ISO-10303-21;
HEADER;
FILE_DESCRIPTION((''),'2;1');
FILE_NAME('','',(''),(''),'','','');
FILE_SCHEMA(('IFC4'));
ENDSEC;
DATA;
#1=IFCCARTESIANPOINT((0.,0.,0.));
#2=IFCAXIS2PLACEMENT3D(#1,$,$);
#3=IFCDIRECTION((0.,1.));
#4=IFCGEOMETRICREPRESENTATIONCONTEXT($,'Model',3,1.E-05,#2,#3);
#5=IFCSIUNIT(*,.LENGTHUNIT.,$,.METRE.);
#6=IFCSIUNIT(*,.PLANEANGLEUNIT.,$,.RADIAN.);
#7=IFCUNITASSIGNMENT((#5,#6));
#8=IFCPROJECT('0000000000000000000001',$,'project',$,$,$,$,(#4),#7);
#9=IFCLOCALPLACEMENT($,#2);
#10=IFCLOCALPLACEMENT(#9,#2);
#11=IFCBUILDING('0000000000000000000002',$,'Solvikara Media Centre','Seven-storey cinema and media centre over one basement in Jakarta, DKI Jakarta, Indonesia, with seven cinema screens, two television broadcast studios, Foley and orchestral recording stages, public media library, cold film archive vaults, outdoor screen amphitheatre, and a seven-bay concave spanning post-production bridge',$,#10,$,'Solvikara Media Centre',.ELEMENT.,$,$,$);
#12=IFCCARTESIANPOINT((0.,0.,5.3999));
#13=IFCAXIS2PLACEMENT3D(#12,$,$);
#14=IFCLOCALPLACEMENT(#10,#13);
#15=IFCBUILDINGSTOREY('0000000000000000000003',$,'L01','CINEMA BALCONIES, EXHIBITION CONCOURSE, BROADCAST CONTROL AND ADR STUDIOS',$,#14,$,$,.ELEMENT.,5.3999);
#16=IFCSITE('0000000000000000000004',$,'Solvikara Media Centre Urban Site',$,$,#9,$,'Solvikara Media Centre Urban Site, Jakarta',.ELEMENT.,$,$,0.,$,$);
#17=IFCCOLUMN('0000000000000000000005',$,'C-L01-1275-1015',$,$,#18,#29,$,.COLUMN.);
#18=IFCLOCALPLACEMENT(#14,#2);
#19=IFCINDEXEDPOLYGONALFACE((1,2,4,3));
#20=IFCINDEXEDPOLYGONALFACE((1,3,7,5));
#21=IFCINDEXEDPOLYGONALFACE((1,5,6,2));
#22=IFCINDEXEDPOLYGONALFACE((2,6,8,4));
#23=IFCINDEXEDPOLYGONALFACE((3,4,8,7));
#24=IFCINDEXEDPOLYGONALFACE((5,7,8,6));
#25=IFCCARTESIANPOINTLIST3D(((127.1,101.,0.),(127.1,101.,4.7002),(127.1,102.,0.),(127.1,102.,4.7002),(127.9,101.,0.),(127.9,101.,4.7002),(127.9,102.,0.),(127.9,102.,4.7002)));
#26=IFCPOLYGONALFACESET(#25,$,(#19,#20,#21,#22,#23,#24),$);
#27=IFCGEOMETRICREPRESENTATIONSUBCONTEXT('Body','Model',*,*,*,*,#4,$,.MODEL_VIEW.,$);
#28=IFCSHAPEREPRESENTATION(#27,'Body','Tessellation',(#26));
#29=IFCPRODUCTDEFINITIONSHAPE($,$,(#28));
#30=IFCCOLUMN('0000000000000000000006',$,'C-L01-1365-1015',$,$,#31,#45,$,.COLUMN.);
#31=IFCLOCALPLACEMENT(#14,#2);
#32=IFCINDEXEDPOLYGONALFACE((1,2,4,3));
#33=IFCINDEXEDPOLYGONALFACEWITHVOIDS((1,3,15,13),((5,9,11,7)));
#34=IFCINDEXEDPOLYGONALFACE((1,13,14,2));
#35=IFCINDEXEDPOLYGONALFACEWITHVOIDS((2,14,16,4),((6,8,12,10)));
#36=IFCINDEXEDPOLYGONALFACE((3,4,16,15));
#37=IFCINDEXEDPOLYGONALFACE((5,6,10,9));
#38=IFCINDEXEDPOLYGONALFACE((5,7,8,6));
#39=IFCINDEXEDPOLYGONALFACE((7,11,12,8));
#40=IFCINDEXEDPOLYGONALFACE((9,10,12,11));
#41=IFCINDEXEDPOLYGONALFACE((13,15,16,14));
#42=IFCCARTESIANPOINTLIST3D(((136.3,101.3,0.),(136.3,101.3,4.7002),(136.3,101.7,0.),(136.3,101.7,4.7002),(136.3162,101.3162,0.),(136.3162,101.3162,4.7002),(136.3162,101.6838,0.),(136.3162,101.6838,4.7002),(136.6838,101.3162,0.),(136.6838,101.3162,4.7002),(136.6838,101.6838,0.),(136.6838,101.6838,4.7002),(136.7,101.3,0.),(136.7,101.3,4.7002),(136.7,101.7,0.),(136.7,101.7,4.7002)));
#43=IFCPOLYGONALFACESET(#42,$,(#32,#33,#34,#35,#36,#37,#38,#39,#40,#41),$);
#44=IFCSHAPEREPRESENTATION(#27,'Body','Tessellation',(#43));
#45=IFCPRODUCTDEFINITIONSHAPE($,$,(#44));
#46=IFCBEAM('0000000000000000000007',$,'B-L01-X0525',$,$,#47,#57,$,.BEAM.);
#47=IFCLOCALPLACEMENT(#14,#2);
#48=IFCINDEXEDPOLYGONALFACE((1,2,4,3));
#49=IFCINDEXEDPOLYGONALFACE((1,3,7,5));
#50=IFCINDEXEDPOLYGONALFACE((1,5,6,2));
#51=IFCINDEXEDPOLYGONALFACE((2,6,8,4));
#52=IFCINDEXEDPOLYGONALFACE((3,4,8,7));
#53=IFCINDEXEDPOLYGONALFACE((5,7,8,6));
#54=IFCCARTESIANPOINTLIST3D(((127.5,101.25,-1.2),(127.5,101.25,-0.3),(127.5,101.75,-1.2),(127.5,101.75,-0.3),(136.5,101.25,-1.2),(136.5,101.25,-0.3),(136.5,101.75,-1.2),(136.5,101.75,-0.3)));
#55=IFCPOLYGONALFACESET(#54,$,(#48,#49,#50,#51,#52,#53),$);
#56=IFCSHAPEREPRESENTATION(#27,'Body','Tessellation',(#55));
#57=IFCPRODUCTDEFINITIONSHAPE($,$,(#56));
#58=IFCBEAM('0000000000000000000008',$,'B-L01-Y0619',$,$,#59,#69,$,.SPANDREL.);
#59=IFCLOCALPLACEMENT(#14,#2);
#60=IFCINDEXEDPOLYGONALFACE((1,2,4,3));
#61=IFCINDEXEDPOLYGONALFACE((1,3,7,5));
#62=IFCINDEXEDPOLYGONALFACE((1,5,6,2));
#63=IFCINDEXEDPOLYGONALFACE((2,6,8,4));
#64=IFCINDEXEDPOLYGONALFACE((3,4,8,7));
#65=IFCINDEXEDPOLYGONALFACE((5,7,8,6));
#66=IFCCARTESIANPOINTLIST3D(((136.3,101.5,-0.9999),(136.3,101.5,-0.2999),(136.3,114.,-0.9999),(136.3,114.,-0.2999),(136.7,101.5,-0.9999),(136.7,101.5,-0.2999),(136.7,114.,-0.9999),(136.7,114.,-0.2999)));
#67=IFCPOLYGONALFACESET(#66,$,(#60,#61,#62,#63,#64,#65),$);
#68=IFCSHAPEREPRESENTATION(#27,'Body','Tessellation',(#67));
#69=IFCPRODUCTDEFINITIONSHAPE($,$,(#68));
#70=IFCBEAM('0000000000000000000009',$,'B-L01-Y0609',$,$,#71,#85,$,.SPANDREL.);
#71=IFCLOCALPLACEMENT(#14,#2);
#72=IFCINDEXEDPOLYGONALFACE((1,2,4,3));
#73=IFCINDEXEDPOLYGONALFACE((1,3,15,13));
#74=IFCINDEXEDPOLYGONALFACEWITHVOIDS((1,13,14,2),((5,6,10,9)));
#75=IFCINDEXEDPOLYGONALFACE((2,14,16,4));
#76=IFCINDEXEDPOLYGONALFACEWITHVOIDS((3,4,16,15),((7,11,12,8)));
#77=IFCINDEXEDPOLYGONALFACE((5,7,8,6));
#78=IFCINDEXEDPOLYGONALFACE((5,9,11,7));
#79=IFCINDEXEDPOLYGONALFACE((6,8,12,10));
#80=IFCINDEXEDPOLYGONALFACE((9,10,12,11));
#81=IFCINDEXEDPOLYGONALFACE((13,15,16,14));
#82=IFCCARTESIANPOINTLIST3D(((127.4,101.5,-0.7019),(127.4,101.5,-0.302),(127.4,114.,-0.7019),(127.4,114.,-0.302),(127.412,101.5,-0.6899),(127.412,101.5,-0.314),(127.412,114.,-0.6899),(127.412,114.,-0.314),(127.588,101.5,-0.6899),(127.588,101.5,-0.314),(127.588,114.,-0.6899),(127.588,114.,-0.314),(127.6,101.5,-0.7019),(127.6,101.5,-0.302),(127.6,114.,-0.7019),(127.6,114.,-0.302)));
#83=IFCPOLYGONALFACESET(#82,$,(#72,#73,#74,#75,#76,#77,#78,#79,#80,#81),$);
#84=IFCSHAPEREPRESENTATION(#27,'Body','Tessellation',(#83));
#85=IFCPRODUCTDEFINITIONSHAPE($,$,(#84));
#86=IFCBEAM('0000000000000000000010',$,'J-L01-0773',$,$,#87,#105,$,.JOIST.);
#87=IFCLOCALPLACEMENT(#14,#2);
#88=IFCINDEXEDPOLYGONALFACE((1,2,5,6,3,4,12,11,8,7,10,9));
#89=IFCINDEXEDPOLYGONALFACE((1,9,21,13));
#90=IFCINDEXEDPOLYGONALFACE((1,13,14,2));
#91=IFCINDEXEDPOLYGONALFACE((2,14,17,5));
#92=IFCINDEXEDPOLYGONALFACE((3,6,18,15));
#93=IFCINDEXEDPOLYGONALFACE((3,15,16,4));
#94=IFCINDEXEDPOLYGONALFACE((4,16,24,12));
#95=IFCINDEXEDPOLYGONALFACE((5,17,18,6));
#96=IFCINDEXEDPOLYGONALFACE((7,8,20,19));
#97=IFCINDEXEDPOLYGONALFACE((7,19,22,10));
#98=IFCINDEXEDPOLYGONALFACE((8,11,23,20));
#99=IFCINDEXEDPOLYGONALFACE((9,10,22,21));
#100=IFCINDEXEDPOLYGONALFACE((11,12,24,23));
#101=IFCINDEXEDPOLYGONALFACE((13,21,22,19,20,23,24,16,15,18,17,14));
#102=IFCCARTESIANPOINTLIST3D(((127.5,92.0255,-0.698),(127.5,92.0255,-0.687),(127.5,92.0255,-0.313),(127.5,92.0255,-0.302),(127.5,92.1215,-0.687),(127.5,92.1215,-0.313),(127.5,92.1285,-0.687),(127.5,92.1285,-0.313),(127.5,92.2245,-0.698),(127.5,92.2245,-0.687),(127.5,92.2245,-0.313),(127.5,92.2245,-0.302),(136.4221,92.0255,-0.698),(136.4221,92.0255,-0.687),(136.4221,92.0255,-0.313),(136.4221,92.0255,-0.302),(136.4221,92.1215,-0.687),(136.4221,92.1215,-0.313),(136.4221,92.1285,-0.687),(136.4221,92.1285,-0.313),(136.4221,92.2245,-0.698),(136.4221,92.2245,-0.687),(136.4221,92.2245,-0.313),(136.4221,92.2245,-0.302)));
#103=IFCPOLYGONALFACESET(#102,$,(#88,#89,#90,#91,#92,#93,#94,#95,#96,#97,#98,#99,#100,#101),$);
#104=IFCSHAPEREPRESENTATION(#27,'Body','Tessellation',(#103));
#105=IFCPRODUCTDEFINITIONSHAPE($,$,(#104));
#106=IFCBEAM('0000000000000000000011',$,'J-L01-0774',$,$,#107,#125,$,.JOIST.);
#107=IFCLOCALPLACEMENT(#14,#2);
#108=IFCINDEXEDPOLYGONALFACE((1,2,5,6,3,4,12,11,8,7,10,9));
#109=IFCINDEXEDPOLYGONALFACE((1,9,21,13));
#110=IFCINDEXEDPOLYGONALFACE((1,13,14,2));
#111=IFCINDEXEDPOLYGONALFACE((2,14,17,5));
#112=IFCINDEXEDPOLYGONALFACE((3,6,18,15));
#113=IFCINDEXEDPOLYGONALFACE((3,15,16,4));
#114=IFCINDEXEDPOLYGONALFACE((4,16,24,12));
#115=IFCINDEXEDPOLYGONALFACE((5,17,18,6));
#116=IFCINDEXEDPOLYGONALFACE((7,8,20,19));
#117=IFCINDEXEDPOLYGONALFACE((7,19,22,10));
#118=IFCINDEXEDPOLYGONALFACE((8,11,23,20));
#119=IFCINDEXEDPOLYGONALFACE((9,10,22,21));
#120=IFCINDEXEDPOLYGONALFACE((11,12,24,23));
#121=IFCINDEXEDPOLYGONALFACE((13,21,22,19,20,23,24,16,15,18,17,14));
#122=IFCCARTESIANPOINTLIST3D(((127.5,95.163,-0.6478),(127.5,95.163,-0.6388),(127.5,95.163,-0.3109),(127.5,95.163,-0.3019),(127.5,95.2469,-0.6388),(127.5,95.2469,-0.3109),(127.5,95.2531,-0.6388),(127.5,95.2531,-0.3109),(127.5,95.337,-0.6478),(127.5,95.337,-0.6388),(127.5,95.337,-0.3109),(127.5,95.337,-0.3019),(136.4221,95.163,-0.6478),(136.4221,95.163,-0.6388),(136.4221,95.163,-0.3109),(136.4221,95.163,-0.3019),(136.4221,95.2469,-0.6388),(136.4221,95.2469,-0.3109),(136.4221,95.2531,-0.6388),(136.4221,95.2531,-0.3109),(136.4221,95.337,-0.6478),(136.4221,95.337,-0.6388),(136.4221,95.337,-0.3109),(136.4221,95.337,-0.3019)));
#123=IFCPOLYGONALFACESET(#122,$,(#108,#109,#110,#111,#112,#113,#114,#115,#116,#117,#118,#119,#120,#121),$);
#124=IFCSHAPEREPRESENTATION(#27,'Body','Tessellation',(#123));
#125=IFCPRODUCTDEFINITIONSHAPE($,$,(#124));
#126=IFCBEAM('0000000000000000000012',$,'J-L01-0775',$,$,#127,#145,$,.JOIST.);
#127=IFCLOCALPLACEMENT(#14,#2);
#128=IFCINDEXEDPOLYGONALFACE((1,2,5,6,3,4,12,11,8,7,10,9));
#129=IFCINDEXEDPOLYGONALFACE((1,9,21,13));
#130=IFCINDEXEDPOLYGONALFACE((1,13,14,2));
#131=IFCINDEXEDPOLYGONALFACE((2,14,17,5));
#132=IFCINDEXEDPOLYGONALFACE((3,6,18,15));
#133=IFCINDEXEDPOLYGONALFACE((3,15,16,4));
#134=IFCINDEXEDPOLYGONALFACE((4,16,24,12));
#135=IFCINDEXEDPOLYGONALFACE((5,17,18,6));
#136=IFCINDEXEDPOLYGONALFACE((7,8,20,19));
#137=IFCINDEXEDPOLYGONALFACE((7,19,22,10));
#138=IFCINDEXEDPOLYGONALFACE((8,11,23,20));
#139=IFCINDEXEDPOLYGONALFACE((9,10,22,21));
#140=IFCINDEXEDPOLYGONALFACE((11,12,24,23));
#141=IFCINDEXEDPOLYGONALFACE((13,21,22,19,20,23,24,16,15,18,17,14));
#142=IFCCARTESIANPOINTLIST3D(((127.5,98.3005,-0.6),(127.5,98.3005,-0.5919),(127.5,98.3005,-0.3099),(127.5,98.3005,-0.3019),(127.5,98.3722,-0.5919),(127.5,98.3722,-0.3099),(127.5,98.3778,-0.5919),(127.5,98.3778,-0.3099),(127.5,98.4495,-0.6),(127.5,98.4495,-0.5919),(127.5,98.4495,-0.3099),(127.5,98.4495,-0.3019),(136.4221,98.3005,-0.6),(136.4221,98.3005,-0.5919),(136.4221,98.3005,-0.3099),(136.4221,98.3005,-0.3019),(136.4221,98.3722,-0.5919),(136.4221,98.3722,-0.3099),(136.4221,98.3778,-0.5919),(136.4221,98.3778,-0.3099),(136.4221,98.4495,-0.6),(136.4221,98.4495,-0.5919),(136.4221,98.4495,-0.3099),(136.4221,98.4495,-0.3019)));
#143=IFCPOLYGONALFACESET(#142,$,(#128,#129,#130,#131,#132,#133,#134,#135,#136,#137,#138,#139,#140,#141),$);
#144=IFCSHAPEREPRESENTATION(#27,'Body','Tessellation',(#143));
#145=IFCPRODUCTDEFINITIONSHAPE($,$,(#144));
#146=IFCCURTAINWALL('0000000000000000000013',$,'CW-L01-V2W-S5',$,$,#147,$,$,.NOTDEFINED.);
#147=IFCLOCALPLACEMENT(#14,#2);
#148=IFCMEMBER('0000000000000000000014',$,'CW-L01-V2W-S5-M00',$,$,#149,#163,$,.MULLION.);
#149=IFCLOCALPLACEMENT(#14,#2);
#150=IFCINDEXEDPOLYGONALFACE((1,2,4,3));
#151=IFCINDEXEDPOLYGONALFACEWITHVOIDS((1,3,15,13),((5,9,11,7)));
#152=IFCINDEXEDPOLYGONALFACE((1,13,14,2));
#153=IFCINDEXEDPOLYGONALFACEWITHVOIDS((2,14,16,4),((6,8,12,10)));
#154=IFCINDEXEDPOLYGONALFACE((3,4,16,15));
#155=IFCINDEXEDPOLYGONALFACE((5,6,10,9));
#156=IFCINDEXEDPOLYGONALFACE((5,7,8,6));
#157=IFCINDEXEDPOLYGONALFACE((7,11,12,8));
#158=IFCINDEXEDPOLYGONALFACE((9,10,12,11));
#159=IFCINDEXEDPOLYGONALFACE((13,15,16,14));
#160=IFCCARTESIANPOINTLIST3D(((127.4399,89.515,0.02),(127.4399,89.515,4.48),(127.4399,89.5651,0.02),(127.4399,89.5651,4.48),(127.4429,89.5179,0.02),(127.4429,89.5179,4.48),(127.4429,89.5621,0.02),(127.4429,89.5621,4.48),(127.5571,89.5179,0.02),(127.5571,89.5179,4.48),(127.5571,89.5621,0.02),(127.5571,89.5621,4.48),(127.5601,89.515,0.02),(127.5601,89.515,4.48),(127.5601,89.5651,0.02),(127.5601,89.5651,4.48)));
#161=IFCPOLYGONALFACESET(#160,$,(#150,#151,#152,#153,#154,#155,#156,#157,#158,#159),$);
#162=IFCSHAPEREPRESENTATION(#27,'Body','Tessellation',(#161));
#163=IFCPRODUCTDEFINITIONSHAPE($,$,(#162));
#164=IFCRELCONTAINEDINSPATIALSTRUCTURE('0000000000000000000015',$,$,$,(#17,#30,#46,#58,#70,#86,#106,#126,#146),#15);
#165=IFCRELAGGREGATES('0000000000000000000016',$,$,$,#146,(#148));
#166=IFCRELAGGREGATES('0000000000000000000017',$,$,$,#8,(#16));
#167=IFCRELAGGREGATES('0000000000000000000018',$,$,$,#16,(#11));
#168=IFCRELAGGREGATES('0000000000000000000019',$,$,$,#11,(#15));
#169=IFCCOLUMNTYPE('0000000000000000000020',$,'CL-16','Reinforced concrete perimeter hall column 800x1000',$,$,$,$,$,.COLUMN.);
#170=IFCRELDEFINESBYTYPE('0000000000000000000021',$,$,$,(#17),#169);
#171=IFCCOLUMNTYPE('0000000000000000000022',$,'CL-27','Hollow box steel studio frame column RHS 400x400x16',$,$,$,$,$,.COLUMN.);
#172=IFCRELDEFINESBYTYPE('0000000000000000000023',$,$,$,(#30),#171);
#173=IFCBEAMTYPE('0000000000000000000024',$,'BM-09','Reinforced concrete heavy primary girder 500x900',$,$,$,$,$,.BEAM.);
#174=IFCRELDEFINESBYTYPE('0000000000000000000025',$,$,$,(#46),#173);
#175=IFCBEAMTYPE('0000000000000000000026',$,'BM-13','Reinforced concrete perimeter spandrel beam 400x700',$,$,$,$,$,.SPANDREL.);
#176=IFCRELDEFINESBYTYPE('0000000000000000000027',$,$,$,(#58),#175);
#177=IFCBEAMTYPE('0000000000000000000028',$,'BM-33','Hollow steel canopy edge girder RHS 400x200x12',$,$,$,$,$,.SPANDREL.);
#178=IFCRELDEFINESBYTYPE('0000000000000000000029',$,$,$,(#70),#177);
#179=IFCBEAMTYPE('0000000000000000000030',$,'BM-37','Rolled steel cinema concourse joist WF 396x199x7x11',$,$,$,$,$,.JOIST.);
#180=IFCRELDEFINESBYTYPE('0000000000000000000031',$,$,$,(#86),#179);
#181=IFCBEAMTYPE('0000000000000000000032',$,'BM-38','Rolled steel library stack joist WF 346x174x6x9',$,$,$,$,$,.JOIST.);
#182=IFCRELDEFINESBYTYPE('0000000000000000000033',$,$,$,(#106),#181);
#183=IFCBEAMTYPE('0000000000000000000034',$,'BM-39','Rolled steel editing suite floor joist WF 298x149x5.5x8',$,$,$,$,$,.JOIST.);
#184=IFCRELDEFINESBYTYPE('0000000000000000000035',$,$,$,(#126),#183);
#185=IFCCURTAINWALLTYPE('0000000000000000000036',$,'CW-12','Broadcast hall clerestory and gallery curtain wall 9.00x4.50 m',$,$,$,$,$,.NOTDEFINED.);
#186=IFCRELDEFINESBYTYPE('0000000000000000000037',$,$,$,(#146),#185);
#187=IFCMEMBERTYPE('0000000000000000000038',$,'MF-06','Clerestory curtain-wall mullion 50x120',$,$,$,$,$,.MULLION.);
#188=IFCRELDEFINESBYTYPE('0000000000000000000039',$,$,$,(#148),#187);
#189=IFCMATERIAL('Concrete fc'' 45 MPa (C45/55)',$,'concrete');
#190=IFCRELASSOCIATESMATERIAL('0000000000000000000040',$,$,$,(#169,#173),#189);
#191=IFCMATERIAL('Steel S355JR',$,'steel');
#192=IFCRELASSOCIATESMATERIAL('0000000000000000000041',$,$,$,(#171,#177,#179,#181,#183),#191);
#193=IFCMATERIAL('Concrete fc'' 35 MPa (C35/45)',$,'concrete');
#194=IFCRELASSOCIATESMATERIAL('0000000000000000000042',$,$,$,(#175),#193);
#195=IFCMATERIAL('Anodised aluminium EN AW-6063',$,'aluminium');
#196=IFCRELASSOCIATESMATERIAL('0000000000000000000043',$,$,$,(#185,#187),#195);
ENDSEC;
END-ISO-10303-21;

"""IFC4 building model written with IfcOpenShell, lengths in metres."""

from ifc_helpers import new_model, si_unit, direction, frame, origin, origin_2d, place, context, subcontext, project, spatial, rectangle, hollow_rectangle, i_section, extrude, material, material_profile, profile_set, type_object, element, aggregate, save


model = new_model("IFC4")

# Units and contexts
model_context = context("Model", 3, precision=1e-05, world=origin(), true_north=direction((0.0, 1.0)))
body_context = subcontext(model_context, "Body", "Model", "MODEL_VIEW")
ifc_project = project(units=[si_unit("LENGTHUNIT", "METRE"), si_unit("PLANEANGLEUNIT", "RADIAN")], contexts=[model_context])

# Site, building, storey
site_placement = place(None, origin())
site = spatial("IfcSite", under=ifc_project, at=site_placement, Name="Solvikara Media Centre Urban Site", LongName="Solvikara Media Centre Urban Site, Jakarta", CompositionType="ELEMENT", RefElevation=0.0)
building_placement = place(site_placement, origin())
building = spatial("IfcBuilding", under=site, at=building_placement, Name="Solvikara Media Centre", Description="Seven-storey cinema and media centre over one basement in Jakarta, DKI Jakarta, Indonesia, with seven cinema screens, two television broadcast studios, Foley and orchestral recording stages, public media library, cold film archive vaults, outdoor screen amphitheatre, and a seven-bay concave spanning post-production bridge", LongName="Solvikara Media Centre", CompositionType="ELEMENT")
storey_placement = place(building_placement, frame((0.0, 0.0, 5.3999)))
storey = spatial("IfcBuildingStorey", under=building, at=storey_placement, Name="L01", Description="CINEMA BALCONIES, EXHIBITION CONCOURSE, BROADCAST CONTROL AND ADR STUDIOS", CompositionType="ELEMENT", Elevation=5.3999)

# Columns
ifc_material_1 = material(Name="Concrete fc' 45 MPa (C45/55)", Category="concrete")
ifc_material_profile_1 = material_profile(ifc_material_1, rectangle(XDim=0.8, YDim=1.0, at=origin_2d()), Name="RC 800x1000")
ifc_profile_set_1 = profile_set([ifc_material_profile_1], Name="Concrete fc' 45 MPa (C45/55)")
column_type_1 = type_object("IfcColumnType", Name="CL-16", Description="Reinforced concrete perimeter hall column 800x1000", PredefinedType="COLUMN", material=ifc_profile_set_1)
column_1_placement = place(storey_placement, frame((127.5, 101.5, 0.0), z_axis=(0.0, 0.0, 1.0), x_axis=(1.0, 0.0, 0.0)))
element("IfcColumn", 1, at=column_1_placement, inside=storey, type_object=column_type_1, Name="C-L01-1275-1015", PredefinedType="COLUMN", context=body_context, shape_type="SweptSolid", body=[
    extrude(rectangle(XDim=0.8, YDim=1.0, at=origin_2d()), origin(), (0.0, 0.0, 1.0), 4.7002),
])
ifc_material_2 = material(Name="Steel S355JR", Category="steel")
ifc_material_profile_2 = material_profile(ifc_material_2, hollow_rectangle(XDim=0.3999, YDim=0.3999, WallThickness=0.0161, at=origin_2d()), Name="RHS 400x400x16")
ifc_profile_set_2 = profile_set([ifc_material_profile_2], Name="Steel S355JR")
column_type_2 = type_object("IfcColumnType", Name="CL-27", Description="Hollow box steel studio frame column RHS 400x400x16", PredefinedType="COLUMN", material=ifc_profile_set_2)
column_2_placement = place(storey_placement, frame((136.5, 101.5, 0.0), z_axis=(0.0, 0.0, 1.0), x_axis=(1.0, 0.0, 0.0)))
element("IfcColumn", 2, at=column_2_placement, inside=storey, type_object=column_type_2, Name="C-L01-1365-1015", PredefinedType="COLUMN", context=body_context, shape_type="SweptSolid", body=[
    extrude(hollow_rectangle(XDim=0.3999, YDim=0.3999, WallThickness=0.0161, at=origin_2d()), origin(), (0.0, 0.0, 1.0), 4.7002),
])

# Beams
ifc_material_profile_3 = material_profile(ifc_material_1, rectangle(XDim=0.5, YDim=0.8999, at=origin_2d()), Name="RC 500x900")
ifc_profile_set_3 = profile_set([ifc_material_profile_3], Name="Concrete fc' 45 MPa (C45/55)")
beam_type_1 = type_object("IfcBeamType", Name="BM-09", Description="Reinforced concrete heavy primary girder 500x900", PredefinedType="BEAM", material=ifc_profile_set_3)
beam_1_placement = place(storey_placement, frame((127.5, 101.5, -0.75), z_axis=(1.0, 0.0, 0.0), x_axis=(0.0, 1.0, 0.0)))
element("IfcBeam", 3, at=beam_1_placement, inside=storey, type_object=beam_type_1, Name="B-L01-X0525", PredefinedType="BEAM", context=body_context, shape_type="SweptSolid", body=[
    extrude(rectangle(XDim=0.5, YDim=0.8999, at=origin_2d()), origin(), (0.0, 0.0, 1.0), 9.0),
])
ifc_material_3 = material(Name="Concrete fc' 35 MPa (C35/45)", Category="concrete")
ifc_material_profile_4 = material_profile(ifc_material_3, rectangle(XDim=0.3999, YDim=0.7, at=origin_2d()), Name="RC 400x700")
ifc_profile_set_4 = profile_set([ifc_material_profile_4], Name="Concrete fc' 35 MPa (C35/45)")
beam_type_2 = type_object("IfcBeamType", Name="BM-13", Description="Reinforced concrete perimeter spandrel beam 400x700", PredefinedType="SPANDREL", material=ifc_profile_set_4)
beam_2_placement = place(storey_placement, frame((136.5, 101.5, -0.6499), z_axis=(0.0, 1.0, 0.0), x_axis=(-1.0, 0.0, 0.0)))
element("IfcBeam", 4, at=beam_2_placement, inside=storey, type_object=beam_type_2, Name="B-L01-Y0619", PredefinedType="SPANDREL", context=body_context, shape_type="SweptSolid", body=[
    extrude(rectangle(XDim=0.3999, YDim=0.7, at=origin_2d()), origin(), (0.0, 0.0, 1.0), 12.5),
])
ifc_material_profile_5 = material_profile(ifc_material_2, hollow_rectangle(XDim=0.2, YDim=0.3999, WallThickness=0.012, at=origin_2d()), Name="RHS 400x200x12")
ifc_profile_set_5 = profile_set([ifc_material_profile_5], Name="Steel S355JR")
beam_type_3 = type_object("IfcBeamType", Name="BM-33", Description="Hollow steel canopy edge girder RHS 400x200x12", PredefinedType="SPANDREL", material=ifc_profile_set_5)
beam_3_placement = place(storey_placement, frame((127.5, 101.5, -0.502), z_axis=(0.0, 1.0, 0.0), x_axis=(-1.0, 0.0, 0.0)))
element("IfcBeam", 5, at=beam_3_placement, inside=storey, type_object=beam_type_3, Name="B-L01-Y0609", PredefinedType="SPANDREL", context=body_context, shape_type="SweptSolid", body=[
    extrude(hollow_rectangle(XDim=0.2, YDim=0.3999, WallThickness=0.012, at=origin_2d()), origin(), (0.0, 0.0, 1.0), 12.5),
])
ifc_material_profile_6 = material_profile(ifc_material_2, i_section(OverallWidth=0.199, OverallDepth=0.396, WebThickness=0.0071, FlangeThickness=0.011, at=origin_2d()), Name="WF 396x199x7x11")
ifc_profile_set_6 = profile_set([ifc_material_profile_6], Name="Steel S355JR")
beam_type_4 = type_object("IfcBeamType", Name="BM-37", Description="Rolled steel cinema concourse joist WF 396x199x7x11", PredefinedType="JOIST", material=ifc_profile_set_6)
beam_4_placement = place(storey_placement, frame((127.5, 92.125, -0.5), z_axis=(1.0, 0.0, 0.0), x_axis=(0.0, 1.0, 0.0)))
element("IfcBeam", 6, at=beam_4_placement, inside=storey, type_object=beam_type_4, Name="J-L01-0773", PredefinedType="JOIST", context=body_context, shape_type="SweptSolid", body=[
    extrude(i_section(OverallWidth=0.199, OverallDepth=0.396, WebThickness=0.0071, FlangeThickness=0.011, at=origin_2d()), origin(), (0.0, 0.0, 1.0), 8.9221),
])
ifc_material_profile_7 = material_profile(ifc_material_2, i_section(OverallWidth=0.1741, OverallDepth=0.3459, WebThickness=0.0061, FlangeThickness=0.009, at=origin_2d()), Name="WF 346x174x6x9")
ifc_profile_set_7 = profile_set([ifc_material_profile_7], Name="Steel S355JR")
beam_type_5 = type_object("IfcBeamType", Name="BM-38", Description="Rolled steel library stack joist WF 346x174x6x9", PredefinedType="JOIST", material=ifc_profile_set_7)
beam_5_placement = place(storey_placement, frame((127.5, 95.25, -0.4749), z_axis=(1.0, 0.0, 0.0), x_axis=(0.0, 1.0, 0.0)))
element("IfcBeam", 7, at=beam_5_placement, inside=storey, type_object=beam_type_5, Name="J-L01-0774", PredefinedType="JOIST", context=body_context, shape_type="SweptSolid", body=[
    extrude(i_section(OverallWidth=0.1741, OverallDepth=0.3459, WebThickness=0.0061, FlangeThickness=0.009, at=origin_2d()), origin(), (0.0, 0.0, 1.0), 8.9221),
])
ifc_material_profile_8 = material_profile(ifc_material_2, i_section(OverallWidth=0.1489, OverallDepth=0.2981, WebThickness=0.0056, FlangeThickness=0.0081, at=origin_2d()), Name="WF 298x149x5.5x8")
ifc_profile_set_8 = profile_set([ifc_material_profile_8], Name="Steel S355JR")
beam_type_6 = type_object("IfcBeamType", Name="BM-39", Description="Rolled steel editing suite floor joist WF 298x149x5.5x8", PredefinedType="JOIST", material=ifc_profile_set_8)
beam_6_placement = place(storey_placement, frame((127.5, 98.375, -0.4509), z_axis=(1.0, 0.0, 0.0), x_axis=(0.0, 1.0, 0.0)))
element("IfcBeam", 8, at=beam_6_placement, inside=storey, type_object=beam_type_6, Name="J-L01-0775", PredefinedType="JOIST", context=body_context, shape_type="SweptSolid", body=[
    extrude(i_section(OverallWidth=0.1489, OverallDepth=0.2981, WebThickness=0.0056, FlangeThickness=0.0081, at=origin_2d()), origin(), (0.0, 0.0, 1.0), 8.9221),
])

# Curtain wall, member
ifc_material_4 = material(Name="Anodised aluminium EN AW-6063", Category="aluminium")
curtain_wall_type = type_object("IfcCurtainWallType", Name="CW-12", Description="Broadcast hall clerestory and gallery curtain wall 9.00x4.50 m", PredefinedType="NOTDEFINED", material=ifc_material_4)
curtain_wall_placement = place(storey_placement, origin())
curtain_wall = element("IfcCurtainWall", 9, at=curtain_wall_placement, inside=storey, type_object=curtain_wall_type, Name="CW-L01-V2W-S5", PredefinedType="NOTDEFINED")
ifc_material_profile_9 = material_profile(ifc_material_4, hollow_rectangle(XDim=0.05, YDim=0.1201, WallThickness=0.0029, at=origin_2d()), Name="ALU-M 50x120x3")
ifc_profile_set_9 = profile_set([ifc_material_profile_9], Name="Anodised aluminium EN AW-6063")
member_type_1 = type_object("IfcMemberType", Name="MF-06", Description="Clerestory curtain-wall mullion 50x120", PredefinedType="MULLION", material=ifc_profile_set_9)
member_1_placement = place(storey_placement, frame((127.5, 89.54, 0.02), z_axis=(0.0, 0.0, 1.0), x_axis=(0.0, 1.0, 0.0)))
member_1 = element("IfcMember", 10, at=member_1_placement, type_object=member_type_1, Name="CW-L01-V2W-S5-M00", PredefinedType="MULLION", context=body_context, shape_type="SweptSolid", body=[
    extrude(hollow_rectangle(XDim=0.05, YDim=0.1201, WallThickness=0.0029, at=origin_2d()), origin(), (0.0, 0.0, 1.0), 4.46),
])
aggregate(curtain_wall, [member_1])

save(model, "model.ifc")
